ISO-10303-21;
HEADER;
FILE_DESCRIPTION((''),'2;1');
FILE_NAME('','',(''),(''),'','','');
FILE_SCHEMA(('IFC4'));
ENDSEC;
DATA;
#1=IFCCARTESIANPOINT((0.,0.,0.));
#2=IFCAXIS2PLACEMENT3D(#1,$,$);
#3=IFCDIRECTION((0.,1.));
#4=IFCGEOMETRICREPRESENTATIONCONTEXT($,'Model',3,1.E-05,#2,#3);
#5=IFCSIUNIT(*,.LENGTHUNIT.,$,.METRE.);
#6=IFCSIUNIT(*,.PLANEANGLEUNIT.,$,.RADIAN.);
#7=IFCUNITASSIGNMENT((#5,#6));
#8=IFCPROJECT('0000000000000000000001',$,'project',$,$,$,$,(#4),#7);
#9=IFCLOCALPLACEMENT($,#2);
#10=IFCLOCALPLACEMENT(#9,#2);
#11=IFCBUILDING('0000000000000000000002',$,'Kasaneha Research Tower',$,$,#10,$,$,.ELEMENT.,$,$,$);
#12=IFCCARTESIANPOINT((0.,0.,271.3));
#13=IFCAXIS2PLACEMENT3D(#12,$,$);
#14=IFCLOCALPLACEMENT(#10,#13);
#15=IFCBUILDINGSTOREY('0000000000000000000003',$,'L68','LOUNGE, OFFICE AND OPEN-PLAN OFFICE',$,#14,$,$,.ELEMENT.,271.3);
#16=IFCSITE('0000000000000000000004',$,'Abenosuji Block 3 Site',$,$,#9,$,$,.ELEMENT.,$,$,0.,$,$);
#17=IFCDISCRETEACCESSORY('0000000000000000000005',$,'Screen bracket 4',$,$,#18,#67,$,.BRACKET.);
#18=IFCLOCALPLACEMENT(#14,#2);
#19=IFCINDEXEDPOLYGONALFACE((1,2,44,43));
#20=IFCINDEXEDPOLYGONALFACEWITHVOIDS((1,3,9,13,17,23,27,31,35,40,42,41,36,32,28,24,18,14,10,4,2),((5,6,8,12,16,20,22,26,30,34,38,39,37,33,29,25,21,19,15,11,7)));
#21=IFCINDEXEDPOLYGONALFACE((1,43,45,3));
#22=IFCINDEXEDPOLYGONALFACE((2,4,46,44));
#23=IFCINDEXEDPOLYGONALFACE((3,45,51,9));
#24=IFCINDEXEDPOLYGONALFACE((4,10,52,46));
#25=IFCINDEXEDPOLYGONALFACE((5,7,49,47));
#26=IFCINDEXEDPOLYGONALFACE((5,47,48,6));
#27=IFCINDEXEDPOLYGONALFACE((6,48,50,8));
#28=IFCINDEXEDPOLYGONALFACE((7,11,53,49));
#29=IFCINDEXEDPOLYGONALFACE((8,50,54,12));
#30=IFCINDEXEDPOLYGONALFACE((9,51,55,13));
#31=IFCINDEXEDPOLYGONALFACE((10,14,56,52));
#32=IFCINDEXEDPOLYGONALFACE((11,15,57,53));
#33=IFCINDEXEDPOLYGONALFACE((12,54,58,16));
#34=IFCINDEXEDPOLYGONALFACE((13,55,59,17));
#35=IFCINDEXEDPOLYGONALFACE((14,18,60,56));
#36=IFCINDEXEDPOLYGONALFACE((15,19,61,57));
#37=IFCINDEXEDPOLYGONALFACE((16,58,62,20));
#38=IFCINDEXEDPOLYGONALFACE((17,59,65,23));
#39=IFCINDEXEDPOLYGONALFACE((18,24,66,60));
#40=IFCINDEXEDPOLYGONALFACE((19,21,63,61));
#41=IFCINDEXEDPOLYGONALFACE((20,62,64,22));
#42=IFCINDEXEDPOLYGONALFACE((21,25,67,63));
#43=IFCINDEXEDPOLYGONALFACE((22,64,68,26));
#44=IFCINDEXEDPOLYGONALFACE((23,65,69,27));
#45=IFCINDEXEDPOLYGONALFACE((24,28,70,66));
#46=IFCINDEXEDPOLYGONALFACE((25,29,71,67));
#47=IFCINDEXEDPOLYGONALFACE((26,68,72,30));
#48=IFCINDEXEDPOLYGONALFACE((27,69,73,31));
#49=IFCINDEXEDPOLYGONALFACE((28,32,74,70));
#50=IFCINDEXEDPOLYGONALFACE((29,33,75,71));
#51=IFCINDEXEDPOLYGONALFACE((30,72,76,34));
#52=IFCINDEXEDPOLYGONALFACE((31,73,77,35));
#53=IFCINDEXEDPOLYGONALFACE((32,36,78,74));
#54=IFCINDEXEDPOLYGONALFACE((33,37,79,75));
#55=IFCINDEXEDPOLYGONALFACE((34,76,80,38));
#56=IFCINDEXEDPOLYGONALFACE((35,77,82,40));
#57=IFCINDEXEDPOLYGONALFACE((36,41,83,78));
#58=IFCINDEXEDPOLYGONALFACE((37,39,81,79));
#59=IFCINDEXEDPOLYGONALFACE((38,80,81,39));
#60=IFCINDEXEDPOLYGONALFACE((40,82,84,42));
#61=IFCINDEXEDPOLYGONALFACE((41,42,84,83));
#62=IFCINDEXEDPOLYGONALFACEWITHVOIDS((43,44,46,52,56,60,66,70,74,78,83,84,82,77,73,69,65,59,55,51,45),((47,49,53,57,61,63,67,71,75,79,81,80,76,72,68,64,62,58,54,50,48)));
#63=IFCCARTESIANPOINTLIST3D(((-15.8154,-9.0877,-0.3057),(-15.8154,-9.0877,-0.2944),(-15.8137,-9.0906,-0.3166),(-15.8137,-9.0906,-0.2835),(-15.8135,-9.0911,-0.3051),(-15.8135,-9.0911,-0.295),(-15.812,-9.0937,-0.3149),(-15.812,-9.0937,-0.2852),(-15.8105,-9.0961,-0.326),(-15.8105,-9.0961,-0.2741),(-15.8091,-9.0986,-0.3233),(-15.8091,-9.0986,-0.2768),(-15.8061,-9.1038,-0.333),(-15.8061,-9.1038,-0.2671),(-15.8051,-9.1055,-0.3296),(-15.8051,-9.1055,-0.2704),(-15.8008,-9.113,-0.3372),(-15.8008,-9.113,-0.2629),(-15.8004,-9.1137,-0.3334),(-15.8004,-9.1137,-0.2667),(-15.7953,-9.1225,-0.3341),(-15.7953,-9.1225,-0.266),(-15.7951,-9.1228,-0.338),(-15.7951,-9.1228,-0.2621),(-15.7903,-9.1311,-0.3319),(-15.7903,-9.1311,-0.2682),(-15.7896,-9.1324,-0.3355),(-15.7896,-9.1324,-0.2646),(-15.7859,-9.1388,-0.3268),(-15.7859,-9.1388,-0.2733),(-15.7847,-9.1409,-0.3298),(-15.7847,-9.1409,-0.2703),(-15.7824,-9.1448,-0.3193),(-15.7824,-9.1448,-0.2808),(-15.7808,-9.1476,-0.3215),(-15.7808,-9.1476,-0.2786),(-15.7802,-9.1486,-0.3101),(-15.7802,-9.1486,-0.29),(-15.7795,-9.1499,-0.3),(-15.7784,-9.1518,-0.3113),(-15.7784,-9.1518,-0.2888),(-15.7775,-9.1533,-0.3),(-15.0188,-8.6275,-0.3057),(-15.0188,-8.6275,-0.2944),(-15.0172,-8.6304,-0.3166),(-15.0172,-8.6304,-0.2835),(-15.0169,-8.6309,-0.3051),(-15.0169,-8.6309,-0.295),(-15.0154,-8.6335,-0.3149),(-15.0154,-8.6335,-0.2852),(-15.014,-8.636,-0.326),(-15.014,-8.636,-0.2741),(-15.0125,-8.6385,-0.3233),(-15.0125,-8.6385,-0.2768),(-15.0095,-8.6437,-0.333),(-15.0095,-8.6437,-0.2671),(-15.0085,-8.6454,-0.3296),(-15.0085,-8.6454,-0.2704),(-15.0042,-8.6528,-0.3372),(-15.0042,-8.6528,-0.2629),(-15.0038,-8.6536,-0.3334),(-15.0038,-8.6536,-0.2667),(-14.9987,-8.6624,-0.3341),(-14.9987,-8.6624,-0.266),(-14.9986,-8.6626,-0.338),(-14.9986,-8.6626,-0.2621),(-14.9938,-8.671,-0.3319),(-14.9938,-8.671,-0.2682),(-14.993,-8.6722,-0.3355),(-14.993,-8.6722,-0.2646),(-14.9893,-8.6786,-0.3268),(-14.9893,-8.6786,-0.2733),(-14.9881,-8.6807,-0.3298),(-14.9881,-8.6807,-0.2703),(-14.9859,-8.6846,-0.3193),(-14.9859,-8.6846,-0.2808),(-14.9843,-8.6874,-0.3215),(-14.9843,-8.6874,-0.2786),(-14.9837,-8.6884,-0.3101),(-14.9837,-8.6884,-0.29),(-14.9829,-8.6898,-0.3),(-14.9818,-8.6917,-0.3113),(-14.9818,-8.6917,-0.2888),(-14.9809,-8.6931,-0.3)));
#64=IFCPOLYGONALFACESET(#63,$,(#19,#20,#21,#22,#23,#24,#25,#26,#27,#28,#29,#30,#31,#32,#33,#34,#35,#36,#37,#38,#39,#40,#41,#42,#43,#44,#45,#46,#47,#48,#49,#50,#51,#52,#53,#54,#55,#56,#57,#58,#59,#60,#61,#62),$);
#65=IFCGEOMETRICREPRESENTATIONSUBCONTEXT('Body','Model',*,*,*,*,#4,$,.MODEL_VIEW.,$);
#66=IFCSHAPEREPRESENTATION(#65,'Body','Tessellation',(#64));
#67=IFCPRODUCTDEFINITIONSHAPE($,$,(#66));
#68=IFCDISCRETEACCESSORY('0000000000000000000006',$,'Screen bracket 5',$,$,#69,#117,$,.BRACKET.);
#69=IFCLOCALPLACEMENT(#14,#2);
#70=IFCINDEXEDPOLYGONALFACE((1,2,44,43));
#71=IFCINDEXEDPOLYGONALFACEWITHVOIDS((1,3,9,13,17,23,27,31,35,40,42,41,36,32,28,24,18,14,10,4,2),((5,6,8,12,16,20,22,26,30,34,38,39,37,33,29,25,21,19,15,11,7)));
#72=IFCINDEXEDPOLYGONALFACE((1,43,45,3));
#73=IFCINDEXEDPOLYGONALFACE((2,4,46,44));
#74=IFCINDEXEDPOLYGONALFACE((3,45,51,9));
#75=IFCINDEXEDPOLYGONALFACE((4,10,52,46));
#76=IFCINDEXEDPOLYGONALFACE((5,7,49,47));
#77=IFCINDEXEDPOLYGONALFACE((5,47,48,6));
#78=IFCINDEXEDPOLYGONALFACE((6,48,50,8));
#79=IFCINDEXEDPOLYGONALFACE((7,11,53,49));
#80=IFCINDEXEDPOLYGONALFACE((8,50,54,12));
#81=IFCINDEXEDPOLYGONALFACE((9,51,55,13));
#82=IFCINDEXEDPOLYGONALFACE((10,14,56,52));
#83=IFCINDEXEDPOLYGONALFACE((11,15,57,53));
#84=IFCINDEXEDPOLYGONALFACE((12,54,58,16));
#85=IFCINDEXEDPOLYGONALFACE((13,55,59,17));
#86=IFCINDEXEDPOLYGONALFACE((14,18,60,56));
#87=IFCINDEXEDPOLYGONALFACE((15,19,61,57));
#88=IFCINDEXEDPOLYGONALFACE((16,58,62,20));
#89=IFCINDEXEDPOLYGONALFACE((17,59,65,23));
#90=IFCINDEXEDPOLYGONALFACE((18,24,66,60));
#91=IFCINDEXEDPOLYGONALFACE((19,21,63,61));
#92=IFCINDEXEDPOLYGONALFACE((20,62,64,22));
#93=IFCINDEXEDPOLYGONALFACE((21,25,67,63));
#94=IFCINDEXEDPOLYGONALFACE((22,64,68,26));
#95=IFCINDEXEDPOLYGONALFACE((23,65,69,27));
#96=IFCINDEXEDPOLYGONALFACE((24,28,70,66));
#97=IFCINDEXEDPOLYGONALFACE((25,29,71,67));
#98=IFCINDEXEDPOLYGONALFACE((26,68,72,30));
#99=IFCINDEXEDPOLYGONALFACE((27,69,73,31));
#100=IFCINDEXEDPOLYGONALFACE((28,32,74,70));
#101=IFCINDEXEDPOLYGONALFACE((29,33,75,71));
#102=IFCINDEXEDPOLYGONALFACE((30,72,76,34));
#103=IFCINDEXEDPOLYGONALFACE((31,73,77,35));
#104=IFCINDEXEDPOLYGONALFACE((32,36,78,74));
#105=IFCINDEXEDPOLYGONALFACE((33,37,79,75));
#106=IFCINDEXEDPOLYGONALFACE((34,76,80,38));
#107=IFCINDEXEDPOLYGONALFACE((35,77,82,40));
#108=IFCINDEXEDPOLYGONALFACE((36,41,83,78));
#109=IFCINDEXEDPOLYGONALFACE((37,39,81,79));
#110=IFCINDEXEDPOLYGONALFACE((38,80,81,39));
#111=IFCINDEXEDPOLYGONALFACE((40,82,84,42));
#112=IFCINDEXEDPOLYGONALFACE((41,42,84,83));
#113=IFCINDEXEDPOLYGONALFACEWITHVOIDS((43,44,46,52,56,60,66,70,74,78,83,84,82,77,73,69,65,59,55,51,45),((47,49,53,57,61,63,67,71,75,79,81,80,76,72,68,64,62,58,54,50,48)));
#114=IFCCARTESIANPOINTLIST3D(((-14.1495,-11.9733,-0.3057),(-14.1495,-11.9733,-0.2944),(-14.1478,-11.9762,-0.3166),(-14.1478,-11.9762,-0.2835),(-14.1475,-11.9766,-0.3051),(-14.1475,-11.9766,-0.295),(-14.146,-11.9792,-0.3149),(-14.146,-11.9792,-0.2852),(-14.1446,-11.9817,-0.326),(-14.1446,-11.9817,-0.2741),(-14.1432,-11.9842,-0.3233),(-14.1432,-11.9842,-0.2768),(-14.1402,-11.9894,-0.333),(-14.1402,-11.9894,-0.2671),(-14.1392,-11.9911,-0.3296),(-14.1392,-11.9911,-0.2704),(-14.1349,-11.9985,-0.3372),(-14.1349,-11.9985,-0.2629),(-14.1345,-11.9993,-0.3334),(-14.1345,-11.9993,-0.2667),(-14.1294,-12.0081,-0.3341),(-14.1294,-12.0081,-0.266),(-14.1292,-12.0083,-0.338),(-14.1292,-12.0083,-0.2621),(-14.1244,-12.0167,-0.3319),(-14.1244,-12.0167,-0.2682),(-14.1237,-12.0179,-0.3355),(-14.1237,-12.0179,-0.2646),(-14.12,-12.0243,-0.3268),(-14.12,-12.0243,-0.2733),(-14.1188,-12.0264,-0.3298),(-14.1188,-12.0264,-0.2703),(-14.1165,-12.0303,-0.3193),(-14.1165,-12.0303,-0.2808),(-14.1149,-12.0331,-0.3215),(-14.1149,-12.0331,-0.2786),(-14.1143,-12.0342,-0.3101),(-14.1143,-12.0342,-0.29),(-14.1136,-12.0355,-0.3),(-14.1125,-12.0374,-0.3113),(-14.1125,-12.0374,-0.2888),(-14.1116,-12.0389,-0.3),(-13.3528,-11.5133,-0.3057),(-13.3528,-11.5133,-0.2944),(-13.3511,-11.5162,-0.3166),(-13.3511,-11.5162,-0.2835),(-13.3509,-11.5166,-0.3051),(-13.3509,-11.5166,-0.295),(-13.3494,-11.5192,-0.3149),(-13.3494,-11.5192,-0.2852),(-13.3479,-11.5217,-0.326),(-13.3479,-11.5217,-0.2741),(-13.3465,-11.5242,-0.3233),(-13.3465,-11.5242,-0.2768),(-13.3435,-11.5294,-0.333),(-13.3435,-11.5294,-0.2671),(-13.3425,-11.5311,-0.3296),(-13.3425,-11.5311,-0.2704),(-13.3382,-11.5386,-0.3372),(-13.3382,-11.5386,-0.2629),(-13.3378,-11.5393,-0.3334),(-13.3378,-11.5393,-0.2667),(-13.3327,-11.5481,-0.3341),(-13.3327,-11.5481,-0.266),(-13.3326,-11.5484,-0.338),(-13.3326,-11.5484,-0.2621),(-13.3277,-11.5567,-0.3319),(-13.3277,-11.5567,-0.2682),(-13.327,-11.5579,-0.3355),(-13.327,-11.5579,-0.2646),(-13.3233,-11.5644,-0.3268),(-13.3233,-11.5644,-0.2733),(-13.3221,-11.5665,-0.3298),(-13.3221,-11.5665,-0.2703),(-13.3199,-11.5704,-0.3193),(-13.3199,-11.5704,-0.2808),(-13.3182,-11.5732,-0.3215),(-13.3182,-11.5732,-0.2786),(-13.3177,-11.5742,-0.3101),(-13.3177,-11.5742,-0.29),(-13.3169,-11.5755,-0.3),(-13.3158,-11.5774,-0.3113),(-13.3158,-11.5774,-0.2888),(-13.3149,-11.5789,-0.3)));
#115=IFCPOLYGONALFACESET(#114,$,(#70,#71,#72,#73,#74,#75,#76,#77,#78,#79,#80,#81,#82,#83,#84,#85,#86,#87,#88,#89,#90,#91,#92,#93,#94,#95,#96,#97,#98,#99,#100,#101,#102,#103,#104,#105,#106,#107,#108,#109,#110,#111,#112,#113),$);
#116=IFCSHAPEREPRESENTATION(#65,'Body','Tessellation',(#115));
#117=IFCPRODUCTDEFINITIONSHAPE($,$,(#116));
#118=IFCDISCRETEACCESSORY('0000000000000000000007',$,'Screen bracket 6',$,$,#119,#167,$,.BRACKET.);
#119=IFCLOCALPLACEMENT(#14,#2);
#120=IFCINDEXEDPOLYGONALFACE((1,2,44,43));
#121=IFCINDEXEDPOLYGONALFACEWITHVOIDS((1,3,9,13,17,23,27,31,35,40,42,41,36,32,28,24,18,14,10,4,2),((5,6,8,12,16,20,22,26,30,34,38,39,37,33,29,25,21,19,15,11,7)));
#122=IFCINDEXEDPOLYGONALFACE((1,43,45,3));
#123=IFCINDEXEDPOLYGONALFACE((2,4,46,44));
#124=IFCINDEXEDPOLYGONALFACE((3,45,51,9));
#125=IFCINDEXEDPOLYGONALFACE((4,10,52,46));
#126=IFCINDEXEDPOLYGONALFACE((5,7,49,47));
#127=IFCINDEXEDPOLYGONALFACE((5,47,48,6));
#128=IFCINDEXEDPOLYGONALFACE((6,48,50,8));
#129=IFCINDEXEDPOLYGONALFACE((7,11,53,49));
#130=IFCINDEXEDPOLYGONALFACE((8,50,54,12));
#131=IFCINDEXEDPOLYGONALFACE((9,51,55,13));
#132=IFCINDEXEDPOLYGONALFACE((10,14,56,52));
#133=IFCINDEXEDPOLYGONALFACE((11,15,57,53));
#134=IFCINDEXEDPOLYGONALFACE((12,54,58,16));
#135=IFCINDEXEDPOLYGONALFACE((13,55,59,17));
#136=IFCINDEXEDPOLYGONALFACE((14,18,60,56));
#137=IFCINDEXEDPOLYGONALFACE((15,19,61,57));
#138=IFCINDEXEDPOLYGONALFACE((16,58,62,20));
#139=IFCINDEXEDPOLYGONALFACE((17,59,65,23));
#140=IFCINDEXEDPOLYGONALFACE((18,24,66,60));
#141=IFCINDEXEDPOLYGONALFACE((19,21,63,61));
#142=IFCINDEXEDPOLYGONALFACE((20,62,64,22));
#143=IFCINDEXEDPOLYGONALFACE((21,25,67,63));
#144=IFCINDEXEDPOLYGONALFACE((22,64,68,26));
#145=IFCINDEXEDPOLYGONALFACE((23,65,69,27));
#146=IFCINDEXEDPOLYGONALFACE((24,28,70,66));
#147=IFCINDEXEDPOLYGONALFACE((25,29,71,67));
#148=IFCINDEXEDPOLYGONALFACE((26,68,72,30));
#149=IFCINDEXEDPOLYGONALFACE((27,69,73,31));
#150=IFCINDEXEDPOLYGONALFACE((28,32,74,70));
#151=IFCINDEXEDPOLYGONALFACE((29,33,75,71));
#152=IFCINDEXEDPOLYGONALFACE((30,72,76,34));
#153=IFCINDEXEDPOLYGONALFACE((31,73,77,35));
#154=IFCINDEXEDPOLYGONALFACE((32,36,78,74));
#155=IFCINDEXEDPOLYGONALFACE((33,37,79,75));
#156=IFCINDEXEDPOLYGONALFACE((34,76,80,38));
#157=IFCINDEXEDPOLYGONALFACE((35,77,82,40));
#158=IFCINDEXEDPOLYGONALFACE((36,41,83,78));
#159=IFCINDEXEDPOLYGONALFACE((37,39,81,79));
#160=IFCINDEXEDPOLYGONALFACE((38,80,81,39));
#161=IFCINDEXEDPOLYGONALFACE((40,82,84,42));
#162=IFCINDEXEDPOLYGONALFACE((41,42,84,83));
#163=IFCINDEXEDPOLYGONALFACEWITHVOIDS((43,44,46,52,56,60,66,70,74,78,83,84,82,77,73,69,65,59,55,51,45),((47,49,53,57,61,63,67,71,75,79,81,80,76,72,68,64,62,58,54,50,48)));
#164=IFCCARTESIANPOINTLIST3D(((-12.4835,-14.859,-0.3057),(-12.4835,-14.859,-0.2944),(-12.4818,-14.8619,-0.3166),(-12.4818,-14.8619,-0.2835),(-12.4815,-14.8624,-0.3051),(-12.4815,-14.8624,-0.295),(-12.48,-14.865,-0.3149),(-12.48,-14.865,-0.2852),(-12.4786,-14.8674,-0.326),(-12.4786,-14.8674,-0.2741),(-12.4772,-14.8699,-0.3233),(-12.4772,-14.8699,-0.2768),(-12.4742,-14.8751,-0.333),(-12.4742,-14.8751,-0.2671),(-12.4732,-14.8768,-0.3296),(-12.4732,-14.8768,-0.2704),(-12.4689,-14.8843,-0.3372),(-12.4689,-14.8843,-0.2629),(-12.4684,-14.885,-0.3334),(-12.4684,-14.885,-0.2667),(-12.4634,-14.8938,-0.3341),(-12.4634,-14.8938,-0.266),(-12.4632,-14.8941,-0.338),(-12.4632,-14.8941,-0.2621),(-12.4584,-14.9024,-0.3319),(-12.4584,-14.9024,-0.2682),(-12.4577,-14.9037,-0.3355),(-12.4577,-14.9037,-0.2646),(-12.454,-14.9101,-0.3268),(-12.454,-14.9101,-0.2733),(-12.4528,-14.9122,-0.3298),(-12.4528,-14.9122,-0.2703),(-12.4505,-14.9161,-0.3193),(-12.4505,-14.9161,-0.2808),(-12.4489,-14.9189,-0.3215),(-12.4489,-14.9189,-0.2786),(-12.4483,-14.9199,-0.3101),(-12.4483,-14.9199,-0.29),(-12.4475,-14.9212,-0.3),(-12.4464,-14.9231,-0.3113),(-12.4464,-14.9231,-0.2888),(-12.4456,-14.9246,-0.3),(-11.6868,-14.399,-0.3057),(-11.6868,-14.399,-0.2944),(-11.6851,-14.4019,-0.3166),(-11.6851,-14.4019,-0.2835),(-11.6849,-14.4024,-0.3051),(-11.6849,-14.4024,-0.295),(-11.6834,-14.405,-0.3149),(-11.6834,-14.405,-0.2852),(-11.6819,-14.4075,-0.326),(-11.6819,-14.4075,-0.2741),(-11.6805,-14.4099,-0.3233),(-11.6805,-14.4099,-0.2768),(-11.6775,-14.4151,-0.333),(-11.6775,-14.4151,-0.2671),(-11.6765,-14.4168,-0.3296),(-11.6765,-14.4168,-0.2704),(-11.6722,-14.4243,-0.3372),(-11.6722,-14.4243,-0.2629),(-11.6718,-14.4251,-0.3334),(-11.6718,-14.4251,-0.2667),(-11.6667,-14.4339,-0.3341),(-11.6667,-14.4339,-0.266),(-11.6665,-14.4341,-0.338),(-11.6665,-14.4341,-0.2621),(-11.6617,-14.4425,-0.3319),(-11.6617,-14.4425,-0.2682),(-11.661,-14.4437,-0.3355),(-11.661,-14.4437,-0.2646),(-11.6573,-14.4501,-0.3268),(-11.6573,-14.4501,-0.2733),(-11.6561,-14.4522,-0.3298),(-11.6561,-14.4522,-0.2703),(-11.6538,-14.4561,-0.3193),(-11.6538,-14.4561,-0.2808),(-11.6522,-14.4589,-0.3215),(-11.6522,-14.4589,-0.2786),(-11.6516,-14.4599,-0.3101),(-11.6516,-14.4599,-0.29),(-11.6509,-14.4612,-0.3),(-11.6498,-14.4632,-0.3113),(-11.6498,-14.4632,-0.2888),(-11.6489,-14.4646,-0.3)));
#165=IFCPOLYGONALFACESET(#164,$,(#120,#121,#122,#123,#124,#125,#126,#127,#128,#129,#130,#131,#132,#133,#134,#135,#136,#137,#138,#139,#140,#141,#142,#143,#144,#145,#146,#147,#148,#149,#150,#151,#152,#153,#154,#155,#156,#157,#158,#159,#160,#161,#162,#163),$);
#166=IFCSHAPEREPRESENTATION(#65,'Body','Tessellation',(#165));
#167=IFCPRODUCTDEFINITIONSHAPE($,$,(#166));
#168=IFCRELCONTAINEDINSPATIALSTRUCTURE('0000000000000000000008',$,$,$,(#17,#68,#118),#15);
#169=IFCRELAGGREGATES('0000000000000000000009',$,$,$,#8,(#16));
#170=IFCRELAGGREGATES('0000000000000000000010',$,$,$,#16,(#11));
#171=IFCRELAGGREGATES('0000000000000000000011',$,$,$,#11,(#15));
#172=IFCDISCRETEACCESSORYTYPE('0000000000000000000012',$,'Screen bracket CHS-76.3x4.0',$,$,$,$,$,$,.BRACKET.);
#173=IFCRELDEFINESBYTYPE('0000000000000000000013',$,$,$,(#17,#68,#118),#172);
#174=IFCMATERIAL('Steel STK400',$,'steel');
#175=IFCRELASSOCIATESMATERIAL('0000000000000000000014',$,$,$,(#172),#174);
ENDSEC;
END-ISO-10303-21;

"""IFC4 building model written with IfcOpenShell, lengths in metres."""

from ifc_helpers import new_model, si_unit, direction, frame, origin, origin_2d, place, context, subcontext, project, spatial, hollow_circle, extrude, material, material_profile, profile_set, type_object, element, save


model = new_model("IFC4")

# Units and contexts
model_context = context("Model", 3, precision=1e-05, world=origin(), true_north=direction((0.0, 1.0)))
body_context = subcontext(model_context, "Body", "Model", "MODEL_VIEW")
ifc_project = project(units=[si_unit("LENGTHUNIT", "METRE"), si_unit("PLANEANGLEUNIT", "RADIAN")], contexts=[model_context])

# Site, building, storey
site_placement = place(None, origin())
site = spatial("IfcSite", under=ifc_project, at=site_placement, Name="Abenosuji Block 3 Site", CompositionType="ELEMENT", RefElevation=0.0)
building_placement = place(site_placement, origin())
building = spatial("IfcBuilding", under=site, at=building_placement, Name="Kasaneha Research Tower", CompositionType="ELEMENT")
storey_placement = place(building_placement, frame((0.0, 0.0, 271.3)))
storey = spatial("IfcBuildingStorey", under=building, at=storey_placement, Name="L68", Description="LOUNGE, OFFICE AND OPEN-PLAN OFFICE", CompositionType="ELEMENT", Elevation=271.3)

# Discrete accessories
ifc_material_1 = material(Name="Steel STK400", Category="steel")
ifc_material_profile_1 = material_profile(ifc_material_1, hollow_circle(Radius=0.0381, WallThickness=0.0039, at=origin_2d()), Name="CHS-76.3x4.0")
ifc_profile_set_1 = profile_set([ifc_material_profile_1], Name="Steel STK400")
discrete_accessory_type = type_object("IfcDiscreteAccessoryType", Name="Screen bracket CHS-76.3x4.0", PredefinedType="BRACKET", material=ifc_profile_set_1)
for number, where, z_axis, x_axis, name in (
    (1, (-15.0, -8.6602, -0.3), (-0.865898, -0.50022, 0.0), (0.50022, -0.865898, 0.0), "Screen bracket 4"),
    (2, (-13.334, -11.5459, -0.3), (-0.866013, -0.500021, 0.0), (0.500021, -0.866013, 0.0), "Screen bracket 5"),
    (3, (-11.668, -14.4316, -0.3), (-0.866013, -0.500021, 0.0), (0.500021, -0.866013, 0.0), "Screen bracket 6"),
):
    element("IfcDiscreteAccessory", number, at=place(storey_placement, frame(where, z_axis=z_axis, x_axis=x_axis)), inside=storey, type_object=discrete_accessory_type, Name=name, PredefinedType="BRACKET", context=body_context, shape_type="SweptSolid", body=[
        extrude(hollow_circle(Radius=0.0381, WallThickness=0.0039, at=origin_2d()), origin(), (0.0, 0.0, 1.0), 0.9199),
    ])

save(model, "model.ifc")
